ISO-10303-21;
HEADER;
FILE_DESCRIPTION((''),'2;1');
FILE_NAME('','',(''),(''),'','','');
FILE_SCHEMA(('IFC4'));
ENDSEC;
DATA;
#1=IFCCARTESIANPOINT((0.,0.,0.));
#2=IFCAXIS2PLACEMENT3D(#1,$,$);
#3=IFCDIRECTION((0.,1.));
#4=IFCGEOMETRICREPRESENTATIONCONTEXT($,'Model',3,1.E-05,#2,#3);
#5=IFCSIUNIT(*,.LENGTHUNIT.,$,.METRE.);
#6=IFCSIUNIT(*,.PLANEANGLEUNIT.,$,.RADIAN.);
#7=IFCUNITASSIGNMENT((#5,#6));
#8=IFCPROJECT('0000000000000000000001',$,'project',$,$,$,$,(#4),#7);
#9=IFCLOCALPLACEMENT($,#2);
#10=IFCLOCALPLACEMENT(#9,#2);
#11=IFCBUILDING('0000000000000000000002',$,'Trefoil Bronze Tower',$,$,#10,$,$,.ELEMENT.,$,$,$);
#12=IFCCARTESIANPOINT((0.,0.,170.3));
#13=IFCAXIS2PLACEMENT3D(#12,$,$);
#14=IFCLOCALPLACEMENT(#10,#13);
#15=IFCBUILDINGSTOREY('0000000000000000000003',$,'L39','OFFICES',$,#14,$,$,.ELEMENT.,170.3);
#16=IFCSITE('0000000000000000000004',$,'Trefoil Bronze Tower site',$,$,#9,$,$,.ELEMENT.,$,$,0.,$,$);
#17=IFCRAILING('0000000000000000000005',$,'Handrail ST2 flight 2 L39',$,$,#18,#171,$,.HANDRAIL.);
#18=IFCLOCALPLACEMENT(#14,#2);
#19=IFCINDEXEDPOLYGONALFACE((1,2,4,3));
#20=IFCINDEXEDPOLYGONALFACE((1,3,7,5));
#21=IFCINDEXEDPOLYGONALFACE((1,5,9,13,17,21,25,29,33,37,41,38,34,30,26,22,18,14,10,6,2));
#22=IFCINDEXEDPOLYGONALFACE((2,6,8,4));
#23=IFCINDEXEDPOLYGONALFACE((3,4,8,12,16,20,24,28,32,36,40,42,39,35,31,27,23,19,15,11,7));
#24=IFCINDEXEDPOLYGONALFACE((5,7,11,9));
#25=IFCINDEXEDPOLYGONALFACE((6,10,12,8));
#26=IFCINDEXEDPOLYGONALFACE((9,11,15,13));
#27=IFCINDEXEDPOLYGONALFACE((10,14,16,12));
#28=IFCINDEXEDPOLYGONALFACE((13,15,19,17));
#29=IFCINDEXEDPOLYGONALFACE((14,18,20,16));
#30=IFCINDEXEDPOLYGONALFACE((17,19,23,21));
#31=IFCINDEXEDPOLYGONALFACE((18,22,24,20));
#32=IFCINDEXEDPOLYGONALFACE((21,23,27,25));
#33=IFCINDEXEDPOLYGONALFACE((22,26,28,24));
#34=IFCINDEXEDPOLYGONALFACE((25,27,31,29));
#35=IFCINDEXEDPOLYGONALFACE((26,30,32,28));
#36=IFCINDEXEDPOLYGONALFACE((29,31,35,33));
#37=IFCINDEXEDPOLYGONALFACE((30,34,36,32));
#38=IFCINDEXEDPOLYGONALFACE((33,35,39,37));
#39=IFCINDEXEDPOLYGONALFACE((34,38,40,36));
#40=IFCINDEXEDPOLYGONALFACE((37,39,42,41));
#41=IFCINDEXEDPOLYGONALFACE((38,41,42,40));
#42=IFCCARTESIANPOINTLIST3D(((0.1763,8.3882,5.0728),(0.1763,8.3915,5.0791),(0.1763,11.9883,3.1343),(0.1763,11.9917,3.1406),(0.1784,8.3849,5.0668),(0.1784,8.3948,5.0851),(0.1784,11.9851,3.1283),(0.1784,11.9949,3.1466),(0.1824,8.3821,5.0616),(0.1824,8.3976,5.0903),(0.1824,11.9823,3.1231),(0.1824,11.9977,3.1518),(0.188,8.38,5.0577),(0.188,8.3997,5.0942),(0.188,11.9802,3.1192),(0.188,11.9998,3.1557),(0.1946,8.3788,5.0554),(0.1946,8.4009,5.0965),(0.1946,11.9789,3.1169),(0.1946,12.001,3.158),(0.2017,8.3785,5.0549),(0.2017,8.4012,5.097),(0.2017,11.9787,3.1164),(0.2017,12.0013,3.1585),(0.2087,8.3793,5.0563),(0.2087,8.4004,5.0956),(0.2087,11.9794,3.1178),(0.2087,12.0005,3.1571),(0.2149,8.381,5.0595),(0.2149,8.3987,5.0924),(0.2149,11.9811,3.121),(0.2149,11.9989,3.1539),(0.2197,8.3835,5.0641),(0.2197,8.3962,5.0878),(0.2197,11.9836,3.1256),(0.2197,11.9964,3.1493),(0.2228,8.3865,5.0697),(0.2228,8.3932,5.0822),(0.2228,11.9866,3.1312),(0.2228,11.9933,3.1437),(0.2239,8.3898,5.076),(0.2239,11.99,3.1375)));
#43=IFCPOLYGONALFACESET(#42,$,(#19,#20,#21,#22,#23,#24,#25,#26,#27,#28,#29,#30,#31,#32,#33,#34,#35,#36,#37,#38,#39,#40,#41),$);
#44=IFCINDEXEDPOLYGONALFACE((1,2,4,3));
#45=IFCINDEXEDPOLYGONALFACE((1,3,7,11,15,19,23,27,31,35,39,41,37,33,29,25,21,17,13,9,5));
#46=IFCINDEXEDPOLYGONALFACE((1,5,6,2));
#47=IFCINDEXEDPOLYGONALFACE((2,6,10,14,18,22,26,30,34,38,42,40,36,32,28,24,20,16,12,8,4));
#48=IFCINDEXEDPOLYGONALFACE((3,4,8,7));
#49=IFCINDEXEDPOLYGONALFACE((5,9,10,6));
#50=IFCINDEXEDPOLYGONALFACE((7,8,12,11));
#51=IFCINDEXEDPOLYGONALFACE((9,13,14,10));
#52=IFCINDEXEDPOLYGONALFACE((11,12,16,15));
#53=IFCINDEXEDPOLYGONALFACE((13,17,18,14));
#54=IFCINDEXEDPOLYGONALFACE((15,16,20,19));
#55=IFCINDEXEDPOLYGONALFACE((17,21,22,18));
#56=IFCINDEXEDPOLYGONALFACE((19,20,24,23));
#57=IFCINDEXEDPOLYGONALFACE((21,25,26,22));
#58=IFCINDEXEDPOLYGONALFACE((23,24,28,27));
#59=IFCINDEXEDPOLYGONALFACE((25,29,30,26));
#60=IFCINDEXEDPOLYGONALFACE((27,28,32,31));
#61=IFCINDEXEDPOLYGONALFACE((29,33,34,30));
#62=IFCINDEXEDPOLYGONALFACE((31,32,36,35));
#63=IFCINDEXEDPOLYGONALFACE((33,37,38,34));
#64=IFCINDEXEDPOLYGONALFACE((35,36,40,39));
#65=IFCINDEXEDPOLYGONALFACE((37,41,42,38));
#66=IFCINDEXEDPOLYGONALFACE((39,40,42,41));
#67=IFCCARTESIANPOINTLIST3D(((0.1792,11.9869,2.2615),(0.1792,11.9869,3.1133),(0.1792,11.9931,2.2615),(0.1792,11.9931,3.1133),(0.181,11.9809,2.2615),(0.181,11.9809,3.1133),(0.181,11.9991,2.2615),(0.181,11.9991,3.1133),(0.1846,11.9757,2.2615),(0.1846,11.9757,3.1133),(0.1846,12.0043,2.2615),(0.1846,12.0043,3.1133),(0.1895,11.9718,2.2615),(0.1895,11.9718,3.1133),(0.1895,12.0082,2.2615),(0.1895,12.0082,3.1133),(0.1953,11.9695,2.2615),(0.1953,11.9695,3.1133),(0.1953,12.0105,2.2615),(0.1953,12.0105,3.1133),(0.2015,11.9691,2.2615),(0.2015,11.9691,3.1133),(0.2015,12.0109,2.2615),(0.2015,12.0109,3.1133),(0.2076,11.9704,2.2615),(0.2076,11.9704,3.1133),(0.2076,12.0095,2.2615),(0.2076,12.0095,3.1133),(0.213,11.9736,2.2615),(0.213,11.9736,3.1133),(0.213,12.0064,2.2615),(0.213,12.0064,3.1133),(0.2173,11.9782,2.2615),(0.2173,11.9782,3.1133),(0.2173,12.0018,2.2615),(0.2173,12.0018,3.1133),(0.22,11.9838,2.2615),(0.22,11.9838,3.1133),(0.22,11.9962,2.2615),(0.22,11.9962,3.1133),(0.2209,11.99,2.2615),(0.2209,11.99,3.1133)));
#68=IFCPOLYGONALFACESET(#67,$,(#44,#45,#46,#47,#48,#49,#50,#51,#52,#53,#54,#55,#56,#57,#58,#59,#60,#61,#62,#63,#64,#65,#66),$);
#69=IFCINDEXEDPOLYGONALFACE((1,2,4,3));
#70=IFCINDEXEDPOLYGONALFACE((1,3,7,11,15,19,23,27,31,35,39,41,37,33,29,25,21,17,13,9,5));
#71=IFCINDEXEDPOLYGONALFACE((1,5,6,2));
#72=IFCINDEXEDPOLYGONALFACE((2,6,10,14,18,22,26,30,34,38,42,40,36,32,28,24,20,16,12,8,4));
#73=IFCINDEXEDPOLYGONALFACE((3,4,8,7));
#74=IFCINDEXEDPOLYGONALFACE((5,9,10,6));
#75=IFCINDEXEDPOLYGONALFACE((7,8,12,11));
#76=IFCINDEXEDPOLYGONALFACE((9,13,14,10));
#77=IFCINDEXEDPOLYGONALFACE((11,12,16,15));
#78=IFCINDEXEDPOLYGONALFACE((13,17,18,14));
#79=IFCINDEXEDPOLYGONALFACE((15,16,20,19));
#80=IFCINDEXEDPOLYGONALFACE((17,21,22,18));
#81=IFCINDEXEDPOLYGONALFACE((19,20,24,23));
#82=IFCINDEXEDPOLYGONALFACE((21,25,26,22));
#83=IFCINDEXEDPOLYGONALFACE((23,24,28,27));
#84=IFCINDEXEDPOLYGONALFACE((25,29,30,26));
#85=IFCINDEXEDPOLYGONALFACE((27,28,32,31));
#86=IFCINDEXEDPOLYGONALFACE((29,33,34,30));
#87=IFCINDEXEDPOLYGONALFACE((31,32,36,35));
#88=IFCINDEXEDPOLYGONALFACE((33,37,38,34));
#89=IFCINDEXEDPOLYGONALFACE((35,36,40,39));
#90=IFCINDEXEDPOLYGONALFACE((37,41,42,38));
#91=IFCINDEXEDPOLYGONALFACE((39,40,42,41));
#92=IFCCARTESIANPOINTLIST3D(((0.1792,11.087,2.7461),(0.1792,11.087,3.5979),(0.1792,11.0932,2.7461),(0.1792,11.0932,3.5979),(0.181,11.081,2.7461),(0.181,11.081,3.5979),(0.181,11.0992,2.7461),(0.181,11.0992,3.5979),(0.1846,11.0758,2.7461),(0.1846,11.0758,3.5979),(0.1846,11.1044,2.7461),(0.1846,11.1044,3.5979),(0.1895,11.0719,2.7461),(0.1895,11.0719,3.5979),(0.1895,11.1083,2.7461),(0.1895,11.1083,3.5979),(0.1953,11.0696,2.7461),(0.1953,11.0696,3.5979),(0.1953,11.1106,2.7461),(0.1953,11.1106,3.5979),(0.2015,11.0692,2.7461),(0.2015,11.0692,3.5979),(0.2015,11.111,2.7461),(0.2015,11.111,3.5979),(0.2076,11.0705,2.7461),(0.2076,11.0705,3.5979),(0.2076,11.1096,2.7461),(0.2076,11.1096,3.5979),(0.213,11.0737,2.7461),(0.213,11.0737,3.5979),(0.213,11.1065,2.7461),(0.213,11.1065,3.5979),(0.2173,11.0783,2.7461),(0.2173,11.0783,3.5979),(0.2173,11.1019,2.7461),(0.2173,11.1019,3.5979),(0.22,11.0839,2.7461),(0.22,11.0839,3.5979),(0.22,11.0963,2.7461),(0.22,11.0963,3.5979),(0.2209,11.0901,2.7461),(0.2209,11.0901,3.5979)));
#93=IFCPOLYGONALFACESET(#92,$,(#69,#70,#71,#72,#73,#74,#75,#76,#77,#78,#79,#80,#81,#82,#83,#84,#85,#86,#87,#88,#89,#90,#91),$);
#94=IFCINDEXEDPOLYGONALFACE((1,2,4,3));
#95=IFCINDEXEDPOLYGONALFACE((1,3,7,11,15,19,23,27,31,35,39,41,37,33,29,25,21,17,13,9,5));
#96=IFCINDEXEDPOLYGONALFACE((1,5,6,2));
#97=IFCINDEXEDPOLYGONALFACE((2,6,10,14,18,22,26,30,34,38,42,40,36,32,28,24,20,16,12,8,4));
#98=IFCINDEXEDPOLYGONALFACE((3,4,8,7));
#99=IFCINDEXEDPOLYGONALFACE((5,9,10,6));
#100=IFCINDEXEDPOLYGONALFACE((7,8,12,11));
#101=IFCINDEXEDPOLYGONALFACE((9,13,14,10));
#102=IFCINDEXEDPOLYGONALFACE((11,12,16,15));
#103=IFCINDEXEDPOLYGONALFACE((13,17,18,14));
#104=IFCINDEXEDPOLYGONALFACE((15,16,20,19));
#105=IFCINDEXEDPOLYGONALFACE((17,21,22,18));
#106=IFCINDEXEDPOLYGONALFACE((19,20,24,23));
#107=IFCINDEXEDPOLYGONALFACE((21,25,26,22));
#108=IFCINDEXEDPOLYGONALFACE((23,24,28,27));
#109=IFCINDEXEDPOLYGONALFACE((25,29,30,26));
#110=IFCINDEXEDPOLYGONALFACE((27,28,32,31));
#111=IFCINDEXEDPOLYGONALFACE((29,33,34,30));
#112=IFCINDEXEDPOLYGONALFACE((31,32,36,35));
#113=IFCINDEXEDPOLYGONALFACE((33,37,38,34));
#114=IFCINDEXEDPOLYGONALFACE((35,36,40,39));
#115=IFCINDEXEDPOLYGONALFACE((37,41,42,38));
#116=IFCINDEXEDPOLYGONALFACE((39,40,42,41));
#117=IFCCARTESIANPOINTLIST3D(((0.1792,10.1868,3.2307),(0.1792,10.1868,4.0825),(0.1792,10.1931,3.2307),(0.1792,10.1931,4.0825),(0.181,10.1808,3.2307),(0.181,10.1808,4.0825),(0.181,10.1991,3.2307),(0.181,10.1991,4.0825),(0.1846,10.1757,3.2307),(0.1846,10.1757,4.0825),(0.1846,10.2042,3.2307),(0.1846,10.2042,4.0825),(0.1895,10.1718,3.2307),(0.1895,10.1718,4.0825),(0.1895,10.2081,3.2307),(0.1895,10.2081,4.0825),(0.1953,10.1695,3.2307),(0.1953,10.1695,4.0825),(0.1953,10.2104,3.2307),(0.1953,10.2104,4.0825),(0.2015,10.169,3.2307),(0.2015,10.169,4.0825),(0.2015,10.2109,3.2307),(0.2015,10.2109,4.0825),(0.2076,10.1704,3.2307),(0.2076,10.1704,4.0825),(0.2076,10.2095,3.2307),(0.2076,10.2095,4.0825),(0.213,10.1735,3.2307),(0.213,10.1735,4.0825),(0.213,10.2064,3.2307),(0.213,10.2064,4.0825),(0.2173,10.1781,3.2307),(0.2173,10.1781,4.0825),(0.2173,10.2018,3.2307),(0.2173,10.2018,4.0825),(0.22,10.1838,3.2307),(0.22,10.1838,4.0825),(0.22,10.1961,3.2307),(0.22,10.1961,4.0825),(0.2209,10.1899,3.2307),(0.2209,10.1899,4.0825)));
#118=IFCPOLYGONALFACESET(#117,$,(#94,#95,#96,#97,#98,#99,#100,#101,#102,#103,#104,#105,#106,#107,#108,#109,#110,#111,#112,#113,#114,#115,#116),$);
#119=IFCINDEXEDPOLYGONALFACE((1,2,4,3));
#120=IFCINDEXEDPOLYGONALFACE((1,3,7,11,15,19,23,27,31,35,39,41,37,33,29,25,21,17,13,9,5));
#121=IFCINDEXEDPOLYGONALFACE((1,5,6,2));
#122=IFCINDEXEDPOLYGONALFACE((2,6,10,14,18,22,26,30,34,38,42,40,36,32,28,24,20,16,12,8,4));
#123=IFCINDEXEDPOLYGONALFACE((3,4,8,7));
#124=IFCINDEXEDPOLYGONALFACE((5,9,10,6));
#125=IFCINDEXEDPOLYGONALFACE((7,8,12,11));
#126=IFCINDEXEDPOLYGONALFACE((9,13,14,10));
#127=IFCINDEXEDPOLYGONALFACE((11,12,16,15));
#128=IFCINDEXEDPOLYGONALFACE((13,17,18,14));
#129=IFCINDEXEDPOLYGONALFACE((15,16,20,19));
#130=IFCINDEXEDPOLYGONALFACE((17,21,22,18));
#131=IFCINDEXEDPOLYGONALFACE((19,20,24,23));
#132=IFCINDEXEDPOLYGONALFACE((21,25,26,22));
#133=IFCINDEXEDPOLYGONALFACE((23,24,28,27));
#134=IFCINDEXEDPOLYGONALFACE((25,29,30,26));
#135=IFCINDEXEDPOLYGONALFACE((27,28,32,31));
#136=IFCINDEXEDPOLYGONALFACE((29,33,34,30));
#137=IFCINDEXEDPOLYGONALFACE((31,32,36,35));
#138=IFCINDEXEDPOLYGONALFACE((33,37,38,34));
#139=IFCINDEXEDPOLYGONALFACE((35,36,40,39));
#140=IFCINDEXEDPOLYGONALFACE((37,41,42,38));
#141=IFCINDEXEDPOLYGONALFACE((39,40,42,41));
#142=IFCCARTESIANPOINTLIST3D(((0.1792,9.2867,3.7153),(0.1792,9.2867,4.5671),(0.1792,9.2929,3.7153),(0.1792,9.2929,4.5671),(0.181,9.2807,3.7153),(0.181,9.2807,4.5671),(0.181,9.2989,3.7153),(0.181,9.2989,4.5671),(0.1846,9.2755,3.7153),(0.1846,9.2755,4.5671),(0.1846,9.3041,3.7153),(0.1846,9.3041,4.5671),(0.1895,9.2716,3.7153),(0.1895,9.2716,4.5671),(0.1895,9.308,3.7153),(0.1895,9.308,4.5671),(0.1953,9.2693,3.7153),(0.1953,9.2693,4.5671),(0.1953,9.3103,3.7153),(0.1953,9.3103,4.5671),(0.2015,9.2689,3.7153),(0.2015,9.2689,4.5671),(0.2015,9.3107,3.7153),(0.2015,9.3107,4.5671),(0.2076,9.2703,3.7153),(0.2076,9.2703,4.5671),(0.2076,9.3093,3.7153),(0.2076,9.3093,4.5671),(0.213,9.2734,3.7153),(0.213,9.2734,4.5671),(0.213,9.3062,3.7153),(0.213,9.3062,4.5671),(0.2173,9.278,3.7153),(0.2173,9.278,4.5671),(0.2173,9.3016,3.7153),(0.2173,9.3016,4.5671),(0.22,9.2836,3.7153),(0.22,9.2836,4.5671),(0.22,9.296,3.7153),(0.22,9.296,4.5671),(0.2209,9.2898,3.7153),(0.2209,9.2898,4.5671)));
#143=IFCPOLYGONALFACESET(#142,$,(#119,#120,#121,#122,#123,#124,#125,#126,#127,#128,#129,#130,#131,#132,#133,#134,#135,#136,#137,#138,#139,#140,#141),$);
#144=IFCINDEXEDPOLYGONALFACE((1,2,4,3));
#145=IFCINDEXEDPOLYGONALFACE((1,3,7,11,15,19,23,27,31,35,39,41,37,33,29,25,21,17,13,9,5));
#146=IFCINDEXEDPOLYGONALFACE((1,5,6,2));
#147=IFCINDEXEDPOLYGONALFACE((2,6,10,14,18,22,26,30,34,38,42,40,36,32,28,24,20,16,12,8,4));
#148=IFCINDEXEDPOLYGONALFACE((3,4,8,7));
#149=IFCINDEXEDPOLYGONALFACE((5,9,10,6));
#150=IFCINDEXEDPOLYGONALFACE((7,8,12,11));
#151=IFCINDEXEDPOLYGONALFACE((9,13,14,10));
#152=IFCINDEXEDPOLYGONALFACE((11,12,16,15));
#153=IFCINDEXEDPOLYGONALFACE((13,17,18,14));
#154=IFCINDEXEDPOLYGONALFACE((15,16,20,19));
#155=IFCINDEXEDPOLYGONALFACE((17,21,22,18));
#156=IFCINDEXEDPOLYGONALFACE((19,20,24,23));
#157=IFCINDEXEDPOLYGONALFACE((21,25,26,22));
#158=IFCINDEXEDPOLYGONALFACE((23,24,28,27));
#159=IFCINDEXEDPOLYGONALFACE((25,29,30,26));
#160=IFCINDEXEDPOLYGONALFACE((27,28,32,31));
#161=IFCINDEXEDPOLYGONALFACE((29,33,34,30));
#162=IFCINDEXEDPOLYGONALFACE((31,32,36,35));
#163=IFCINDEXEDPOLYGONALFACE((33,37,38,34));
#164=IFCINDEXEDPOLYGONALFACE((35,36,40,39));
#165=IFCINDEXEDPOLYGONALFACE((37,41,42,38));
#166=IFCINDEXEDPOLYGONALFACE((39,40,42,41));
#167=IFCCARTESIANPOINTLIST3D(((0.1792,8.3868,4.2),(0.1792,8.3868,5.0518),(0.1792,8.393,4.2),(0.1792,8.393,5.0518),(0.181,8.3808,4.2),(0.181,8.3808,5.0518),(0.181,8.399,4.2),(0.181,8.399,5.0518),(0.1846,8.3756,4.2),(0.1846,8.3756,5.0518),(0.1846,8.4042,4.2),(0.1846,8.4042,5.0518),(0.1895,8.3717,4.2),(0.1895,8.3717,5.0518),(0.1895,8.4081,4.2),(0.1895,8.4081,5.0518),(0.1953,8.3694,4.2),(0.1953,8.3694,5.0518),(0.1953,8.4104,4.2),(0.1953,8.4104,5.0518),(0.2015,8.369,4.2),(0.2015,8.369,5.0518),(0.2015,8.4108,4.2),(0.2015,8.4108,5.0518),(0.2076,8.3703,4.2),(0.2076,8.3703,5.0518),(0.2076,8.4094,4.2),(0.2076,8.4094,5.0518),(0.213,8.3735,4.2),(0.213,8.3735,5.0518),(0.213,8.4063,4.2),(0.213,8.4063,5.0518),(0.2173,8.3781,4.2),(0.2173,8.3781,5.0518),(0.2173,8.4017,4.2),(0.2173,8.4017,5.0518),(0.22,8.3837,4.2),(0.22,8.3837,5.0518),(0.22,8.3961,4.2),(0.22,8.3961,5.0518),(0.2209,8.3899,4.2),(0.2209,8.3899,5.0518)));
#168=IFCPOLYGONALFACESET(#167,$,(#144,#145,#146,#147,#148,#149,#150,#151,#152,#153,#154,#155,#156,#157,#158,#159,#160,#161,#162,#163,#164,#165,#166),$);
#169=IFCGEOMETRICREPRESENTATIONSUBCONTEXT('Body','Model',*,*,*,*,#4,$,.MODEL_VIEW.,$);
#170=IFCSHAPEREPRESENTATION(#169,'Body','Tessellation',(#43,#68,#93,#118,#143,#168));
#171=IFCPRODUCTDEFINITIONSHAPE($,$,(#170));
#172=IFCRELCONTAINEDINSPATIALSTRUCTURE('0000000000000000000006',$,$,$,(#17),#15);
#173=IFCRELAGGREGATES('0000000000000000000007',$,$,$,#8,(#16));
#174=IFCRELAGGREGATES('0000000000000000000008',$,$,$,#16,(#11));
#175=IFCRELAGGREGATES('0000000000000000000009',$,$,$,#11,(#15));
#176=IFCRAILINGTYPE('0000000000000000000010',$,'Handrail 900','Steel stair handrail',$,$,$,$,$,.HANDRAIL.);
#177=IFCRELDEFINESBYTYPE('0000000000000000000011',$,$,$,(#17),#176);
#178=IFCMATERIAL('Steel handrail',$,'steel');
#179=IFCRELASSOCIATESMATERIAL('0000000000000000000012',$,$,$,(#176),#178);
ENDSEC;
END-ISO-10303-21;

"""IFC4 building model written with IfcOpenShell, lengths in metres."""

from ifc_helpers import new_model, si_unit, direction, frame, origin, origin_2d, place, context, subcontext, project, spatial, circle, extrude, material, type_object, element, save


model = new_model("IFC4")

# Units and contexts
model_context = context("Model", 3, precision=1e-05, world=origin(), true_north=direction((0.0, 1.0)))
body_context = subcontext(model_context, "Body", "Model", "MODEL_VIEW")
ifc_project = project(units=[si_unit("LENGTHUNIT", "METRE"), si_unit("PLANEANGLEUNIT", "RADIAN")], contexts=[model_context])

# Site, building, storey
site_placement = place(None, origin())
site = spatial("IfcSite", under=ifc_project, at=site_placement, Name="Trefoil Bronze Tower site", CompositionType="ELEMENT", RefElevation=0.0)
building_placement = place(site_placement, origin())
building = spatial("IfcBuilding", under=site, at=building_placement, Name="Trefoil Bronze Tower", CompositionType="ELEMENT")
storey_placement = place(building_placement, frame((0.0, 0.0, 170.3)))
storey = spatial("IfcBuildingStorey", under=building, at=storey_placement, Name="L39", Description="OFFICES", CompositionType="ELEMENT", Elevation=170.3)

# Railing
ifc_material_1 = material(Name="Steel handrail", Category="steel")
railing_type = type_object("IfcRailingType", Name="Handrail 900", Description="Steel stair handrail", PredefinedType="HANDRAIL", material=ifc_material_1)
railing_placement = place(storey_placement, frame((0.2, 11.99, 2.2615)))
element("IfcRailing", 1, at=railing_placement, inside=storey, type_object=railing_type, Name="Handrail ST2 flight 2 L39", PredefinedType="HANDRAIL", context=body_context, shape_type="SweptSolid", body=[
    extrude(circle(Radius=0.0239, at=origin_2d()), frame((0.0, 0.0, 0.876), z_axis=(0.0, -0.880475, 0.474093), x_axis=(1.0, 0.0, 0.0)), (0.0, 0.0, 1.0), 4.0889),
    extrude(circle(Radius=0.021, at=origin_2d()), origin(), (0.0, 0.0, 1.0), 0.8518),
    extrude(circle(Radius=0.021, at=origin_2d()), frame((0.0, -0.8999, 0.4846)), (0.0, 0.0, 1.0), 0.8518),
    extrude(circle(Radius=0.021, at=origin_2d()), frame((0.0, -1.8, 0.9692)), (0.0, 0.0, 1.0), 0.8518),
    extrude(circle(Radius=0.021, at=origin_2d()), frame((0.0, -2.7002, 1.4539)), (0.0, 0.0, 1.0), 0.8518),
    extrude(circle(Radius=0.021, at=origin_2d()), frame((0.0, -3.6001, 1.9385)), (0.0, 0.0, 1.0), 0.8518),
])

save(model, "model.ifc")
